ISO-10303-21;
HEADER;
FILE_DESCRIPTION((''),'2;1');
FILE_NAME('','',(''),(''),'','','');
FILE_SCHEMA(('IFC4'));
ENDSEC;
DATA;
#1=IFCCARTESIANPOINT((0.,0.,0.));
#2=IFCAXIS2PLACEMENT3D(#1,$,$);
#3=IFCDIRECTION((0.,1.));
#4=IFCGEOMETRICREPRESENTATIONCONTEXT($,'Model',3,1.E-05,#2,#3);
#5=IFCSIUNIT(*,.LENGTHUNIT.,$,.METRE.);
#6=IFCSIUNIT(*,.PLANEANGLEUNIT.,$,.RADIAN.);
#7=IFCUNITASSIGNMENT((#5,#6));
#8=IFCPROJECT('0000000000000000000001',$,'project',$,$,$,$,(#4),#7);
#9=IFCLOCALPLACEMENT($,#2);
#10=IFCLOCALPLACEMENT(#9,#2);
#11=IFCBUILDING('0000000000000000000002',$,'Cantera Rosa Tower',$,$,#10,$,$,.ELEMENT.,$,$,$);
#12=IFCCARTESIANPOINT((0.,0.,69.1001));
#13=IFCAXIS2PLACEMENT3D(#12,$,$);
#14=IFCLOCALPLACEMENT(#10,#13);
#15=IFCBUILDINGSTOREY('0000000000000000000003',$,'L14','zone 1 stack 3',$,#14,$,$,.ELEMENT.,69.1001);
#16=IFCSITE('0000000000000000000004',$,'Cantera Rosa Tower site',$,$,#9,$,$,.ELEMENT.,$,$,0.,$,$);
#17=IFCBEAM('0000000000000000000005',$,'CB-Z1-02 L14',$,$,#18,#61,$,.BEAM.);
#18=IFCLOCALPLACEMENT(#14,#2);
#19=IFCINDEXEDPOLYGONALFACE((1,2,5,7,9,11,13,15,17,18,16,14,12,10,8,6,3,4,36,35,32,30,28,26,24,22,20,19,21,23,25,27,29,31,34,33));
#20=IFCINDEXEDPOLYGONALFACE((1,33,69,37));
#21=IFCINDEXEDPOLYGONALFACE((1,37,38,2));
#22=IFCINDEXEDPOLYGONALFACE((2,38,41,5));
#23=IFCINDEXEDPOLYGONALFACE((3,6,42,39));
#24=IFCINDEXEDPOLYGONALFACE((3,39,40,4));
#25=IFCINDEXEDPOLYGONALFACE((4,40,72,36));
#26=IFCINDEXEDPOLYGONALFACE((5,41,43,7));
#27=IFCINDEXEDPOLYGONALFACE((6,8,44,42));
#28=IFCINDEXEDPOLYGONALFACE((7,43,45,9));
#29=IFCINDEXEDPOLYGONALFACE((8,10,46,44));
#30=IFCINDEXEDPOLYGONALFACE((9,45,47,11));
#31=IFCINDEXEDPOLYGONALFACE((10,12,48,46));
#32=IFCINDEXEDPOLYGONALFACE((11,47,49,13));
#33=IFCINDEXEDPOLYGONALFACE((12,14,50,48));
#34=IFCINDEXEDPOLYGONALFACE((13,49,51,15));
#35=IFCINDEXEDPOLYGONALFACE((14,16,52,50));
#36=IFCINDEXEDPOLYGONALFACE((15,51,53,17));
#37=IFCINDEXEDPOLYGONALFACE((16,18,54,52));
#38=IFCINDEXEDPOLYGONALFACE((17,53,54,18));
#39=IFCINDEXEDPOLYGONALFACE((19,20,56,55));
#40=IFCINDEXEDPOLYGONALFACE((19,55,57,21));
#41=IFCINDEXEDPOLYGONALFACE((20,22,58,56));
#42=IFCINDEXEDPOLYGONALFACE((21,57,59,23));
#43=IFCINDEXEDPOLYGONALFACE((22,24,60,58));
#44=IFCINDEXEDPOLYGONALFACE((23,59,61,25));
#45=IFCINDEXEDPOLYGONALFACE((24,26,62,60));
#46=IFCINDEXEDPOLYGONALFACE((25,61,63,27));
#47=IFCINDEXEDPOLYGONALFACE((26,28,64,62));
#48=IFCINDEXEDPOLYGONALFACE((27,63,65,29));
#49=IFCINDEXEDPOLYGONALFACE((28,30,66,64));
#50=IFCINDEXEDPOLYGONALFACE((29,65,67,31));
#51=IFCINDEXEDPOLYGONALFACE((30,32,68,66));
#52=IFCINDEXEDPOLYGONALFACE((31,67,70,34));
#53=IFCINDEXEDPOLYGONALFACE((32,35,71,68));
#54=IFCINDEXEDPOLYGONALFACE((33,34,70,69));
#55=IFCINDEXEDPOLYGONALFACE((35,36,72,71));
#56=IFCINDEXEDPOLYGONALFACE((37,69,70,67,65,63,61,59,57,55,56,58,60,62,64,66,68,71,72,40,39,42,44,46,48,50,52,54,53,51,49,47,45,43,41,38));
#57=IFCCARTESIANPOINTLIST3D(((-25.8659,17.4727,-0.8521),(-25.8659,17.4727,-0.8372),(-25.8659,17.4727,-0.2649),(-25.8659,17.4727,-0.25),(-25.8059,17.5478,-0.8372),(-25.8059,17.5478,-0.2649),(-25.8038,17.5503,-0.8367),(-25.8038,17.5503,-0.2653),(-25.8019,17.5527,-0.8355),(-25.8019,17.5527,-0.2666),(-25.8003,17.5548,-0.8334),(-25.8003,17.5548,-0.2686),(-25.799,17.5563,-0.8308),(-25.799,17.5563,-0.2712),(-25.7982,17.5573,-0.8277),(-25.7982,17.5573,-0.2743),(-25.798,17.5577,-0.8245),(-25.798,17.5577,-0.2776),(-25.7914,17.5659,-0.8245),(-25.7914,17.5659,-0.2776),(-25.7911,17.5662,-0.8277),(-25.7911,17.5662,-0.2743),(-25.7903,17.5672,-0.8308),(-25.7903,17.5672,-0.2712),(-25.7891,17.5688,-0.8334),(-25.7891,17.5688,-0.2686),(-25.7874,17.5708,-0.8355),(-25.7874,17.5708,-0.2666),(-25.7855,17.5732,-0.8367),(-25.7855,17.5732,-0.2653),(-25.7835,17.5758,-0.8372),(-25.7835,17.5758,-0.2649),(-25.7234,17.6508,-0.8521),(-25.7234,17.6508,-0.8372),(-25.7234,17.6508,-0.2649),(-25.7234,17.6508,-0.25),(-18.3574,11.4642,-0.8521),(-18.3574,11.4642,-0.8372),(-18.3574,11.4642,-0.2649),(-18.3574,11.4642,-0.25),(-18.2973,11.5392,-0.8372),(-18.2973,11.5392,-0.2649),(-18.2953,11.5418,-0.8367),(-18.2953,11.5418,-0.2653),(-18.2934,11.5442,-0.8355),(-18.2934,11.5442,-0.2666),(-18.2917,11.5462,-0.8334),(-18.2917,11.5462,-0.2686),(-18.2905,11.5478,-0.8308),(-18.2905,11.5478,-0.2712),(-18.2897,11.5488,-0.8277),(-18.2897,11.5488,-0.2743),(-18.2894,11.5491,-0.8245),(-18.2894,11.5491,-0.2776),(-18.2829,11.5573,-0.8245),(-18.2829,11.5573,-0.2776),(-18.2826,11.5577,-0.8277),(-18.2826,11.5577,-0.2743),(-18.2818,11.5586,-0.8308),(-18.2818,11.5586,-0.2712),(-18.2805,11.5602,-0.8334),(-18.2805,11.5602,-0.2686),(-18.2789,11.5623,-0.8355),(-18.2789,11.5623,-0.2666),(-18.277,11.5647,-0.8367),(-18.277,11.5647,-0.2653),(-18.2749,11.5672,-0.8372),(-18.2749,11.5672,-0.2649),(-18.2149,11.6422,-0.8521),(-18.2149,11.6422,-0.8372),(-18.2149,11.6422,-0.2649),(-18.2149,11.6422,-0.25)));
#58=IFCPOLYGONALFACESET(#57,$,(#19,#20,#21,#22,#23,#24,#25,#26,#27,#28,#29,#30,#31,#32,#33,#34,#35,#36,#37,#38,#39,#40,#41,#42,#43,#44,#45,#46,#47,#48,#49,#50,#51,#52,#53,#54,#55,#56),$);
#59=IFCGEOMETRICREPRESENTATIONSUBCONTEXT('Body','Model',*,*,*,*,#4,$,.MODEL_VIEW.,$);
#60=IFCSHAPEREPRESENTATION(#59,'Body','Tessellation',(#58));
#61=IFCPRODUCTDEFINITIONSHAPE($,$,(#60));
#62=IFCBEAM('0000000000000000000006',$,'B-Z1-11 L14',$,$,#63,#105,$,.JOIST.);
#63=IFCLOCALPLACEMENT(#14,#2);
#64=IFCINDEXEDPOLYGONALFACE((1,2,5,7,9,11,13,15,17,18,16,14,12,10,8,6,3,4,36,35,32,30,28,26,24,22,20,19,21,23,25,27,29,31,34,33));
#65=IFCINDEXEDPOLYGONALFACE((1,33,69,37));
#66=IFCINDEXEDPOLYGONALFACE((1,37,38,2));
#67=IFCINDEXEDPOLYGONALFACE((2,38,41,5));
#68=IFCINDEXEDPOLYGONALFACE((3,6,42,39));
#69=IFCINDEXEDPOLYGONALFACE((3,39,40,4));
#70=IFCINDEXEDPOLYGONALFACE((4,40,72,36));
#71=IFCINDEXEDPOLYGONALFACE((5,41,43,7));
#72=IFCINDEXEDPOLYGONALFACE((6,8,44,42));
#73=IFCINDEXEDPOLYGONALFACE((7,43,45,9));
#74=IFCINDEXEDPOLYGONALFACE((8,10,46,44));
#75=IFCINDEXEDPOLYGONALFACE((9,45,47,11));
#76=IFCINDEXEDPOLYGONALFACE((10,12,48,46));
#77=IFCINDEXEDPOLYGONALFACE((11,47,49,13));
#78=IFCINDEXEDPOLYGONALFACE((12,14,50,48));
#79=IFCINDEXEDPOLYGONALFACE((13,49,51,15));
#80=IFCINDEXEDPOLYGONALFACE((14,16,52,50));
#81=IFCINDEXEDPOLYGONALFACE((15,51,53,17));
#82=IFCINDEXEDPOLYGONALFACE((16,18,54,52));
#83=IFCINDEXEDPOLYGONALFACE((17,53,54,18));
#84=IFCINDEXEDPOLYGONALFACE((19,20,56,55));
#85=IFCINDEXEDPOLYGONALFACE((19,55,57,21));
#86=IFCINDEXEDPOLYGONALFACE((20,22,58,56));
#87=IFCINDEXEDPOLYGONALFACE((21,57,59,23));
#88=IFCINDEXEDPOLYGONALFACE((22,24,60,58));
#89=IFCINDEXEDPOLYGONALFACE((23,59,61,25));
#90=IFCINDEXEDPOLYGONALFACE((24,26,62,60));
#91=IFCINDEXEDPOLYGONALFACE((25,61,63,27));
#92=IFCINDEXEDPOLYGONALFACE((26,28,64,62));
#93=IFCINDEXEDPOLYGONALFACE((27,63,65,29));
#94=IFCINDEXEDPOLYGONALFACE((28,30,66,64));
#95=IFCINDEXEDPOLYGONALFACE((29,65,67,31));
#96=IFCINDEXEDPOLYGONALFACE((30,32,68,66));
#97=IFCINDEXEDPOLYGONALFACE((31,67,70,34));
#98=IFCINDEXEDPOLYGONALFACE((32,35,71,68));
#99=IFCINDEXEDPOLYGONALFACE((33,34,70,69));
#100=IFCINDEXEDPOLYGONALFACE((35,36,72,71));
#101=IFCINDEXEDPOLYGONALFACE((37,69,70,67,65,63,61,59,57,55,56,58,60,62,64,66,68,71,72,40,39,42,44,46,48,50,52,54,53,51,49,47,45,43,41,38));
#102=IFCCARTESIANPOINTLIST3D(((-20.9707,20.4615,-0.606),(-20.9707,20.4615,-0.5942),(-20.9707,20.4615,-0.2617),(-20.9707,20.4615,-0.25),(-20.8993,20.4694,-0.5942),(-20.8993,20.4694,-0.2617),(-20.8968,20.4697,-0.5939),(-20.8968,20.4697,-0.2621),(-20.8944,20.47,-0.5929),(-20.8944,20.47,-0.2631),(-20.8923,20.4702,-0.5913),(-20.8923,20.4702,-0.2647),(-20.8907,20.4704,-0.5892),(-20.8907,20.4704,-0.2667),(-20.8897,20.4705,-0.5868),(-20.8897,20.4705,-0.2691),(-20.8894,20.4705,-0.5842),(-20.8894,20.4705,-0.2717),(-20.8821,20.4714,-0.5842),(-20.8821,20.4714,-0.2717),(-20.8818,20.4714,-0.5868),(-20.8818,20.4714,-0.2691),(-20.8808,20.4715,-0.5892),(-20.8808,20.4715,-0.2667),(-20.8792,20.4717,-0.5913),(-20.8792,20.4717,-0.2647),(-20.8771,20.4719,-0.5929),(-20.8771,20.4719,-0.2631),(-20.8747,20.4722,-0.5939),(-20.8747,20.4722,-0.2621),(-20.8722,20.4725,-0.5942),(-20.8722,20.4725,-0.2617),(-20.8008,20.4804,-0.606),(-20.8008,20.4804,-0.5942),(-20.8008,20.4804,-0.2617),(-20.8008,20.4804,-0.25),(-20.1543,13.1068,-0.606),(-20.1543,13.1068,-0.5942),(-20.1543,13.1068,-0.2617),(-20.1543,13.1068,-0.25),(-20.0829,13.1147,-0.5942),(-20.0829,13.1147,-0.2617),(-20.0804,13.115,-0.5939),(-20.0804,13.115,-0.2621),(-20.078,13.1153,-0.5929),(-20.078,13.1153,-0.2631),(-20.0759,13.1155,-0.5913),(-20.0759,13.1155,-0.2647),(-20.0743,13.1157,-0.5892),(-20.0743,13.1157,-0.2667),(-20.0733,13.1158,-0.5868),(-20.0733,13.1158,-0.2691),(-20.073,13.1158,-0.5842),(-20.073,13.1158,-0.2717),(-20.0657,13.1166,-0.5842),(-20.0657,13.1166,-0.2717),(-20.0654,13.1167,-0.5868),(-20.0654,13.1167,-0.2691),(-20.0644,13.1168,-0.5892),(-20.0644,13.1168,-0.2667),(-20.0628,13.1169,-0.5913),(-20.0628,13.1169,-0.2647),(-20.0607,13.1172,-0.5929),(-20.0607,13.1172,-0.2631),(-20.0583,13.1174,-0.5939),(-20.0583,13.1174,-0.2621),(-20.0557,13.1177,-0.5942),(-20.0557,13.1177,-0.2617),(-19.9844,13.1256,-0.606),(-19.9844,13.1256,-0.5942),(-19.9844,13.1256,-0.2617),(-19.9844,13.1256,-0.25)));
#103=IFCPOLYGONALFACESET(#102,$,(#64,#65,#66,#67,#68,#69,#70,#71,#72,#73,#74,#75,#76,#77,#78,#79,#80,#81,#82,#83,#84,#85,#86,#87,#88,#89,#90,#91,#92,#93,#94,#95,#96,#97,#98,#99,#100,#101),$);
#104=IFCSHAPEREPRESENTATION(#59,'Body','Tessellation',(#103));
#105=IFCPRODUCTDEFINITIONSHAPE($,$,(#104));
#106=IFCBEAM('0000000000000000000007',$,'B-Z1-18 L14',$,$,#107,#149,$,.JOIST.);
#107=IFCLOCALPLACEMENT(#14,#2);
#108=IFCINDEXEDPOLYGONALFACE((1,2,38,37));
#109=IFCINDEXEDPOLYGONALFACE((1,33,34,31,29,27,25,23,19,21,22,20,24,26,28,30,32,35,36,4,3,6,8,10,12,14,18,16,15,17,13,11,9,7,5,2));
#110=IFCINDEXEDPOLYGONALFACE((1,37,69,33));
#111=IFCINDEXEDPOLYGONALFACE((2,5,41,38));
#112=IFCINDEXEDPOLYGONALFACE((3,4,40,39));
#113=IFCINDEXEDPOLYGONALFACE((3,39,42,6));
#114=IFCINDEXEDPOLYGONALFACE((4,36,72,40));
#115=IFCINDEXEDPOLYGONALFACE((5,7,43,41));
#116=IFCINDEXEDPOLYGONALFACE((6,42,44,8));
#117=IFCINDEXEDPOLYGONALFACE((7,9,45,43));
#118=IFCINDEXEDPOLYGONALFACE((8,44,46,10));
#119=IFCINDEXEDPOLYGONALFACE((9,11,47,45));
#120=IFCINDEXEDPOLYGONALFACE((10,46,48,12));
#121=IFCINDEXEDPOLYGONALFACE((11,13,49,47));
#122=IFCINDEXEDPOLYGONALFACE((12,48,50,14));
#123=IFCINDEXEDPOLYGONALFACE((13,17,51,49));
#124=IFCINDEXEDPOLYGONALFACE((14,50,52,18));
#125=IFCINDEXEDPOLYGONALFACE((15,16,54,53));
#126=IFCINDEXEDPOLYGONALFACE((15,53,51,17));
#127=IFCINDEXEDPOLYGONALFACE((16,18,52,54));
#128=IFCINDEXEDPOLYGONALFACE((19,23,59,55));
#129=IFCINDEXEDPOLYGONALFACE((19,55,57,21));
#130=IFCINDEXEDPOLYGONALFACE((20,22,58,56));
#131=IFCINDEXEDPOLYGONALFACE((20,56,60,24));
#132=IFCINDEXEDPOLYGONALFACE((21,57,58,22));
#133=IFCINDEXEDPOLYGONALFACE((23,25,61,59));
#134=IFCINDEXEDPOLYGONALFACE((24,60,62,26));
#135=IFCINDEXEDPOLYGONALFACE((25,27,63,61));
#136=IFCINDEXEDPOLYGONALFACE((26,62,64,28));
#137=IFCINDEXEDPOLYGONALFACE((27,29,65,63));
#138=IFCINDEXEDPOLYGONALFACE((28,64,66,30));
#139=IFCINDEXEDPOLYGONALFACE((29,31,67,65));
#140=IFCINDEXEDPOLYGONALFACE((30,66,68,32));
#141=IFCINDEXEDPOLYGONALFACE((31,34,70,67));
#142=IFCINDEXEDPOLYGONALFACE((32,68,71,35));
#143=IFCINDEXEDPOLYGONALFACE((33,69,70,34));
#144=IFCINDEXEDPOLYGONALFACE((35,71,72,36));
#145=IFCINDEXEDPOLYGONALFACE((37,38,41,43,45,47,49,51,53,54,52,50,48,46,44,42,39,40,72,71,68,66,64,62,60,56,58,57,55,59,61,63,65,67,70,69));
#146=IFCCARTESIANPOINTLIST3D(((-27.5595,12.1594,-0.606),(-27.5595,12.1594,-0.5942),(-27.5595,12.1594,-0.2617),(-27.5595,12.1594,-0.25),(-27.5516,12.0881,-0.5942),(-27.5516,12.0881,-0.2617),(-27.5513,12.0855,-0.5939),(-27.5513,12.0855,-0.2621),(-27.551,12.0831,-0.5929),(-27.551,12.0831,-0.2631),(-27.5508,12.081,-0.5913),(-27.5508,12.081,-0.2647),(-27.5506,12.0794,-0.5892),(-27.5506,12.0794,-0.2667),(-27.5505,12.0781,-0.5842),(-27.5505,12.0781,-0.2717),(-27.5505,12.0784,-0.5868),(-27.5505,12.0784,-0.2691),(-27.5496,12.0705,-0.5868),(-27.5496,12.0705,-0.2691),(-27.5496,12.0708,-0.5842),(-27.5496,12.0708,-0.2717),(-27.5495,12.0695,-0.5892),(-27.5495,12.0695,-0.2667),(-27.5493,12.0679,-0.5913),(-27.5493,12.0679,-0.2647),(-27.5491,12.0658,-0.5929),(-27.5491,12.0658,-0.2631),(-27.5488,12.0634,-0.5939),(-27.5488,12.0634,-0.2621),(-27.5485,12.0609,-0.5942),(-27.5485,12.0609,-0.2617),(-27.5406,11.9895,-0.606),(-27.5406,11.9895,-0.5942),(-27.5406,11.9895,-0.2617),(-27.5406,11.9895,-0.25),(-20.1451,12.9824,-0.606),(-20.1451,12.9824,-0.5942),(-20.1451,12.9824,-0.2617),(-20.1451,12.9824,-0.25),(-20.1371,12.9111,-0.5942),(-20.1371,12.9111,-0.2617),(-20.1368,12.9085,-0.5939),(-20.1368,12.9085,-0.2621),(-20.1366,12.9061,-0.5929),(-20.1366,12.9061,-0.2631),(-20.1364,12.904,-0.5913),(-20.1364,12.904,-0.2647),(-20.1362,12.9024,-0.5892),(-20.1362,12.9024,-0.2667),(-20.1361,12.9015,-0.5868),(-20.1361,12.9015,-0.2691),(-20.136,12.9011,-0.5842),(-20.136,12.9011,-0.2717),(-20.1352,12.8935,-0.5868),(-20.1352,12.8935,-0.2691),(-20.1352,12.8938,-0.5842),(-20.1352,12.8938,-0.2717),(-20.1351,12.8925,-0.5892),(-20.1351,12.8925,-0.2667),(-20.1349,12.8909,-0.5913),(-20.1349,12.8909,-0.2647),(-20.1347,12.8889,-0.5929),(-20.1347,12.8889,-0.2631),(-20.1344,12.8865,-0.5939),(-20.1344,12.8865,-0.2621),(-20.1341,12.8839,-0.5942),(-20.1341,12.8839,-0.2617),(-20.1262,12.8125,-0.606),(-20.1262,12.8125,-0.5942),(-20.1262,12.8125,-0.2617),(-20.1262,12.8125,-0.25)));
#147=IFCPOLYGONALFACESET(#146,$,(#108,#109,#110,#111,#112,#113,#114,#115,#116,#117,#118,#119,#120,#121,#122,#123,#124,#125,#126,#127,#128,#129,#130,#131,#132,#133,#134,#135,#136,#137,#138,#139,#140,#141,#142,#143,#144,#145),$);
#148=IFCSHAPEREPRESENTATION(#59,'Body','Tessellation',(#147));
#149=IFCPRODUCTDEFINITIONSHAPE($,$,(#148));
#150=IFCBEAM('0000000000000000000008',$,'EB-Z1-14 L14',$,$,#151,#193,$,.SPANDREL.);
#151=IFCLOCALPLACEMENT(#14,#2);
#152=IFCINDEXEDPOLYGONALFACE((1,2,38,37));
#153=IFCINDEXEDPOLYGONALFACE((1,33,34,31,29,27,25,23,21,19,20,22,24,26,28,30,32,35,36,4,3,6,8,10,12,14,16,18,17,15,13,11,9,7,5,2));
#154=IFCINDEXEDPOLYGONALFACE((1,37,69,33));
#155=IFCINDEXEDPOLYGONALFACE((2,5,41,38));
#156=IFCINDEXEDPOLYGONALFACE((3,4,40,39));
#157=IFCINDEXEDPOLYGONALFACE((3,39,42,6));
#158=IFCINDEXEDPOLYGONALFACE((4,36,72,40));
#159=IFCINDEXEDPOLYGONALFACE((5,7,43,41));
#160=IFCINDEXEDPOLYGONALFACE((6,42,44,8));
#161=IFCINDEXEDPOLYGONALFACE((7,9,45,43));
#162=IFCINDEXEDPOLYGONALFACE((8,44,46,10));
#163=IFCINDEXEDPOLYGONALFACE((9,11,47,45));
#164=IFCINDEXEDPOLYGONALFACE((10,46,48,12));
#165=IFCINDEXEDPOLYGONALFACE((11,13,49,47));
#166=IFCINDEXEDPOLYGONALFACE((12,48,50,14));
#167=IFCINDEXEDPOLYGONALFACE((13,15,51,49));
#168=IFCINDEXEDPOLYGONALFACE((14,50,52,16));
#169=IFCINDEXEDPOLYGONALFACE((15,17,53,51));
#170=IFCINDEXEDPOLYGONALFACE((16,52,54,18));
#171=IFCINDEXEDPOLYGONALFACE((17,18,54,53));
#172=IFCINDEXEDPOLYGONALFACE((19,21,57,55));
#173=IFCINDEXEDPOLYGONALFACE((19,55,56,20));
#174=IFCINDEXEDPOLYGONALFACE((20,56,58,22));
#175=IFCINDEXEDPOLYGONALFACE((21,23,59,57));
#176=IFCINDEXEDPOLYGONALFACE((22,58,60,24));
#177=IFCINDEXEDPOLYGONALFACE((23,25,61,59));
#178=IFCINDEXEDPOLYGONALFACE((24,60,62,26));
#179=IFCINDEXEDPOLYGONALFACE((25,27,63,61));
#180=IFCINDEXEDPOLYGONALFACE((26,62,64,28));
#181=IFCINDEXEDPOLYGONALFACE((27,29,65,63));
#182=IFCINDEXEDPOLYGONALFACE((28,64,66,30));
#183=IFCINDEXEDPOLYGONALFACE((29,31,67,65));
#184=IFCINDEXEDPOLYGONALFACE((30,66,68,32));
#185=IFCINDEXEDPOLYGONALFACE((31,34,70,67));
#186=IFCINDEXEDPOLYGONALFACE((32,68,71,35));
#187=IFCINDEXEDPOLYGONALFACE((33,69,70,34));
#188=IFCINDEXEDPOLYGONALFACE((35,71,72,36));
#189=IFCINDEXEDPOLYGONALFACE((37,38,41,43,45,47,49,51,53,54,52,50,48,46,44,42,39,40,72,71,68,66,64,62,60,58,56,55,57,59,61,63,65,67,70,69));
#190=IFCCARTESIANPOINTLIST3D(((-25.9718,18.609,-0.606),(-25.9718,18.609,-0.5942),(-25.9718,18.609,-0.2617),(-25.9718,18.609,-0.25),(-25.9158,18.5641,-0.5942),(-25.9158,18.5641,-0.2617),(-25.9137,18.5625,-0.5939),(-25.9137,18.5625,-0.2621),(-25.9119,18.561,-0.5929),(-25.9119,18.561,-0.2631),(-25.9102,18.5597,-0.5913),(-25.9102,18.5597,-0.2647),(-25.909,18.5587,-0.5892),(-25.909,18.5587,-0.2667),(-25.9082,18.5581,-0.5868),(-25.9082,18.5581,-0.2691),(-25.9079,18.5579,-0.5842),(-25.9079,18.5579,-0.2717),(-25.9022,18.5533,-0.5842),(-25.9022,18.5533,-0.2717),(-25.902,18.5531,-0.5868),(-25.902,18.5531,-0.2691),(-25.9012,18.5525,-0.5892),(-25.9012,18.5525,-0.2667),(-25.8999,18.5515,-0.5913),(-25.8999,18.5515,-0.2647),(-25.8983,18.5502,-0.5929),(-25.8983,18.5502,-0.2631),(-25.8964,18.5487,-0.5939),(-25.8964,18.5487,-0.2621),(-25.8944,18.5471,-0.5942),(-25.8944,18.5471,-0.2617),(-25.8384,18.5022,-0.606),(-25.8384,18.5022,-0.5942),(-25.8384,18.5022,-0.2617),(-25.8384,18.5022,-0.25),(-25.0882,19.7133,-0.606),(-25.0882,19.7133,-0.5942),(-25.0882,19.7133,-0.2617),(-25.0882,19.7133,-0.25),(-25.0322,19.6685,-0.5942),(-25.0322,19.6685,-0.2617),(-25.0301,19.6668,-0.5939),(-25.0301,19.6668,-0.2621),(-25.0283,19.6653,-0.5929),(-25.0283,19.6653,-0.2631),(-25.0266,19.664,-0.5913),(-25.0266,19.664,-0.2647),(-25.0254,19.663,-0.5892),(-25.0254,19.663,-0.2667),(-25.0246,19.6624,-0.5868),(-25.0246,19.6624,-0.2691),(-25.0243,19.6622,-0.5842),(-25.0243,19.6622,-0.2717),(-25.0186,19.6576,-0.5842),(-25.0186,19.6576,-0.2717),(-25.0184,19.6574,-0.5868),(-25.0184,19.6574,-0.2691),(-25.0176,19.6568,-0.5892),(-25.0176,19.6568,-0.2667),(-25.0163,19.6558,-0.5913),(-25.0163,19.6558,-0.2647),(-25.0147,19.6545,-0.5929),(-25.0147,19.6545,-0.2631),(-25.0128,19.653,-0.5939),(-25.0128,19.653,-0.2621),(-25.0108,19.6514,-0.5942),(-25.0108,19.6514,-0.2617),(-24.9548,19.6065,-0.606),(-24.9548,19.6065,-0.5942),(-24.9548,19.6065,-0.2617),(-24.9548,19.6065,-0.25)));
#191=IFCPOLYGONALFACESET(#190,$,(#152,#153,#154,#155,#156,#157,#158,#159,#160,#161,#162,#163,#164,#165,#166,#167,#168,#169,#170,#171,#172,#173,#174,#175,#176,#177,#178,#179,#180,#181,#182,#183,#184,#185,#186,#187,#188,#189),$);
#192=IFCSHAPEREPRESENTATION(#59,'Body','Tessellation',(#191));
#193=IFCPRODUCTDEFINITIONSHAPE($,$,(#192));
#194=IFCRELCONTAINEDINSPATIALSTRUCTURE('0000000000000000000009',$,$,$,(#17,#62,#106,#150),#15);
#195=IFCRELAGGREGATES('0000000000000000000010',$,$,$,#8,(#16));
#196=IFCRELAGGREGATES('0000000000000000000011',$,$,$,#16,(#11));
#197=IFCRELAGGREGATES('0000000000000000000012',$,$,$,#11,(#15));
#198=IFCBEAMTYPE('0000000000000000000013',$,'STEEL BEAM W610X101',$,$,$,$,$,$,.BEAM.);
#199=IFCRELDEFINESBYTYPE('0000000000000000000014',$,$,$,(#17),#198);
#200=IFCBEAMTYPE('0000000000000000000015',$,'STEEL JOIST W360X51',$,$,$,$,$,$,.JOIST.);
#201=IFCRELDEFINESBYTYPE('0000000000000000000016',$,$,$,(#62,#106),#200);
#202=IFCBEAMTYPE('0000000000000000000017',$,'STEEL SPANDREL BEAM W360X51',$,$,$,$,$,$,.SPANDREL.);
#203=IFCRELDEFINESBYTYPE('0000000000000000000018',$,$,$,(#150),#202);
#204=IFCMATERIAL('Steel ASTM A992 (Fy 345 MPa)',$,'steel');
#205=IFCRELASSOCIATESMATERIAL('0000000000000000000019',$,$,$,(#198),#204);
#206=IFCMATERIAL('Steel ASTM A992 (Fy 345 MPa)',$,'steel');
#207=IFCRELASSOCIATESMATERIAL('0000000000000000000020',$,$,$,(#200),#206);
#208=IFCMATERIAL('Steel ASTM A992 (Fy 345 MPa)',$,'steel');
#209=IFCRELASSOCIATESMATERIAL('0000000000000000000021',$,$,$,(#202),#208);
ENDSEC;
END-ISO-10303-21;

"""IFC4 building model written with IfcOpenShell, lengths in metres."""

from ifc_helpers import new_model, si_unit, direction, frame, origin, origin_2d, place, context, subcontext, project, spatial, i_section, extrude, material, material_profile, profile_set, type_object, element, save


model = new_model("IFC4")

# Units and contexts
model_context = context("Model", 3, precision=1e-05, world=origin(), true_north=direction((0.0, 1.0)))
body_context = subcontext(model_context, "Body", "Model", "MODEL_VIEW")
ifc_project = project(units=[si_unit("LENGTHUNIT", "METRE"), si_unit("PLANEANGLEUNIT", "RADIAN")], contexts=[model_context])

# Site, building, storey
site_placement = place(None, origin())
site = spatial("IfcSite", under=ifc_project, at=site_placement, Name="Cantera Rosa Tower site", CompositionType="ELEMENT", RefElevation=0.0)
building_placement = place(site_placement, origin())
building = spatial("IfcBuilding", under=site, at=building_placement, Name="Cantera Rosa Tower", CompositionType="ELEMENT")
storey_placement = place(building_placement, frame((0.0, 0.0, 69.1001)))
storey = spatial("IfcBuildingStorey", under=building, at=storey_placement, Name="L14", Description="zone 1 stack 3", CompositionType="ELEMENT", Elevation=69.1001)

# Beams
ifc_material_1 = material(Name="Steel ASTM A992 (Fy 345 MPa)", Category="steel")
ifc_material_profile_1 = material_profile(ifc_material_1, i_section(OverallWidth=0.228, OverallDepth=0.6021, WebThickness=0.0105, FlangeThickness=0.0149, FilletRadius=0.0127, at=origin_2d()), Name="W610X101")
ifc_profile_set_1 = profile_set([ifc_material_profile_1], Name="Steel ASTM A992 (Fy 345 MPa)")
beam_type_1 = type_object("IfcBeamType", Name="STEEL BEAM W610X101", PredefinedType="BEAM", material=ifc_profile_set_1)
beam_1_placement = place(storey_placement, frame((-25.7947, 17.5618, -0.551), z_axis=(0.780782, -0.624803, 0.0), x_axis=(0.624803, 0.780782, 0.0)))
element("IfcBeam", 1, at=beam_1_placement, inside=storey, type_object=beam_type_1, Name="CB-Z1-02 L14", PredefinedType="BEAM", context=body_context, shape_type="SweptSolid", body=[
    extrude(i_section(OverallWidth=0.228, OverallDepth=0.6021, WebThickness=0.0105, FlangeThickness=0.0149, FilletRadius=0.0127, at=origin_2d()), origin(), (0.0, 0.0, 1.0), 9.6167),
])
ifc_material_2 = material(Name="Steel ASTM A992 (Fy 345 MPa)", Category="steel")
ifc_material_profile_2 = material_profile(ifc_material_2, i_section(OverallWidth=0.1709, OverallDepth=0.356, WebThickness=0.0073, FlangeThickness=0.0117, FilletRadius=0.01, at=origin_2d()), Name="W360X51")
ifc_profile_set_2 = profile_set([ifc_material_profile_2], Name="Steel ASTM A992 (Fy 345 MPa)")
beam_type_2 = type_object("IfcBeamType", Name="STEEL JOIST W360X51", PredefinedType="JOIST", material=ifc_profile_set_2)
beam_2_placement = place(storey_placement, frame((-20.8857, 20.4709, -0.428), z_axis=(0.110327, -0.993895, 0.0), x_axis=(0.993895, 0.110327, 0.0)))
element("IfcBeam", 2, at=beam_2_placement, inside=storey, type_object=beam_type_2, Name="B-Z1-11 L14", PredefinedType="JOIST", context=body_context, shape_type="SweptSolid", body=[
    extrude(i_section(OverallWidth=0.1709, OverallDepth=0.356, WebThickness=0.0073, FlangeThickness=0.0117, FilletRadius=0.01, at=origin_2d()), origin(), (0.0, 0.0, 1.0), 7.3999),
])
beam_3_placement = place(storey_placement, frame((-27.55, 12.0745, -0.428), z_axis=(0.993896, 0.110324, 0.0), x_axis=(-0.110324, 0.993896, 0.0)))
element("IfcBeam", 3, at=beam_3_placement, inside=storey, type_object=beam_type_2, Name="B-Z1-18 L14", PredefinedType="JOIST", context=body_context, shape_type="SweptSolid", body=[
    extrude(i_section(OverallWidth=0.1709, OverallDepth=0.356, WebThickness=0.0073, FlangeThickness=0.0117, FilletRadius=0.01, at=origin_2d()), origin(), (0.0, 0.0, 1.0), 7.46),
])
ifc_material_3 = material(Name="Steel ASTM A992 (Fy 345 MPa)", Category="steel")
ifc_material_profile_3 = material_profile(ifc_material_3, i_section(OverallWidth=0.1709, OverallDepth=0.356, WebThickness=0.0073, FlangeThickness=0.0117, FilletRadius=0.01, at=origin_2d()), Name="W360X51")
ifc_profile_set_3 = profile_set([ifc_material_profile_3], Name="Steel ASTM A992 (Fy 345 MPa)")
beam_type_3 = type_object("IfcBeamType", Name="STEEL SPANDREL BEAM W360X51", PredefinedType="SPANDREL", material=ifc_profile_set_3)
for number, where, z_axis, x_axis, name in (
    (4, (-25.0215, 19.6599, -0.428), (-0.624758, -0.780818, 0.0), (0.780818, -0.624758, 0.0), "EB-Z1-14 L14"),
):
    element("IfcBeam", number, at=place(storey_placement, frame(where, z_axis=z_axis, x_axis=x_axis)), inside=storey, type_object=beam_type_3, Name=name, PredefinedType="SPANDREL", context=body_context, shape_type="SweptSolid", body=[
        extrude(i_section(OverallWidth=0.1709, OverallDepth=0.356, WebThickness=0.0073, FlangeThickness=0.0117, FilletRadius=0.01, at=origin_2d()), origin(), (0.0, 0.0, 1.0), 1.4143),
    ])

save(model, "model.ifc")
